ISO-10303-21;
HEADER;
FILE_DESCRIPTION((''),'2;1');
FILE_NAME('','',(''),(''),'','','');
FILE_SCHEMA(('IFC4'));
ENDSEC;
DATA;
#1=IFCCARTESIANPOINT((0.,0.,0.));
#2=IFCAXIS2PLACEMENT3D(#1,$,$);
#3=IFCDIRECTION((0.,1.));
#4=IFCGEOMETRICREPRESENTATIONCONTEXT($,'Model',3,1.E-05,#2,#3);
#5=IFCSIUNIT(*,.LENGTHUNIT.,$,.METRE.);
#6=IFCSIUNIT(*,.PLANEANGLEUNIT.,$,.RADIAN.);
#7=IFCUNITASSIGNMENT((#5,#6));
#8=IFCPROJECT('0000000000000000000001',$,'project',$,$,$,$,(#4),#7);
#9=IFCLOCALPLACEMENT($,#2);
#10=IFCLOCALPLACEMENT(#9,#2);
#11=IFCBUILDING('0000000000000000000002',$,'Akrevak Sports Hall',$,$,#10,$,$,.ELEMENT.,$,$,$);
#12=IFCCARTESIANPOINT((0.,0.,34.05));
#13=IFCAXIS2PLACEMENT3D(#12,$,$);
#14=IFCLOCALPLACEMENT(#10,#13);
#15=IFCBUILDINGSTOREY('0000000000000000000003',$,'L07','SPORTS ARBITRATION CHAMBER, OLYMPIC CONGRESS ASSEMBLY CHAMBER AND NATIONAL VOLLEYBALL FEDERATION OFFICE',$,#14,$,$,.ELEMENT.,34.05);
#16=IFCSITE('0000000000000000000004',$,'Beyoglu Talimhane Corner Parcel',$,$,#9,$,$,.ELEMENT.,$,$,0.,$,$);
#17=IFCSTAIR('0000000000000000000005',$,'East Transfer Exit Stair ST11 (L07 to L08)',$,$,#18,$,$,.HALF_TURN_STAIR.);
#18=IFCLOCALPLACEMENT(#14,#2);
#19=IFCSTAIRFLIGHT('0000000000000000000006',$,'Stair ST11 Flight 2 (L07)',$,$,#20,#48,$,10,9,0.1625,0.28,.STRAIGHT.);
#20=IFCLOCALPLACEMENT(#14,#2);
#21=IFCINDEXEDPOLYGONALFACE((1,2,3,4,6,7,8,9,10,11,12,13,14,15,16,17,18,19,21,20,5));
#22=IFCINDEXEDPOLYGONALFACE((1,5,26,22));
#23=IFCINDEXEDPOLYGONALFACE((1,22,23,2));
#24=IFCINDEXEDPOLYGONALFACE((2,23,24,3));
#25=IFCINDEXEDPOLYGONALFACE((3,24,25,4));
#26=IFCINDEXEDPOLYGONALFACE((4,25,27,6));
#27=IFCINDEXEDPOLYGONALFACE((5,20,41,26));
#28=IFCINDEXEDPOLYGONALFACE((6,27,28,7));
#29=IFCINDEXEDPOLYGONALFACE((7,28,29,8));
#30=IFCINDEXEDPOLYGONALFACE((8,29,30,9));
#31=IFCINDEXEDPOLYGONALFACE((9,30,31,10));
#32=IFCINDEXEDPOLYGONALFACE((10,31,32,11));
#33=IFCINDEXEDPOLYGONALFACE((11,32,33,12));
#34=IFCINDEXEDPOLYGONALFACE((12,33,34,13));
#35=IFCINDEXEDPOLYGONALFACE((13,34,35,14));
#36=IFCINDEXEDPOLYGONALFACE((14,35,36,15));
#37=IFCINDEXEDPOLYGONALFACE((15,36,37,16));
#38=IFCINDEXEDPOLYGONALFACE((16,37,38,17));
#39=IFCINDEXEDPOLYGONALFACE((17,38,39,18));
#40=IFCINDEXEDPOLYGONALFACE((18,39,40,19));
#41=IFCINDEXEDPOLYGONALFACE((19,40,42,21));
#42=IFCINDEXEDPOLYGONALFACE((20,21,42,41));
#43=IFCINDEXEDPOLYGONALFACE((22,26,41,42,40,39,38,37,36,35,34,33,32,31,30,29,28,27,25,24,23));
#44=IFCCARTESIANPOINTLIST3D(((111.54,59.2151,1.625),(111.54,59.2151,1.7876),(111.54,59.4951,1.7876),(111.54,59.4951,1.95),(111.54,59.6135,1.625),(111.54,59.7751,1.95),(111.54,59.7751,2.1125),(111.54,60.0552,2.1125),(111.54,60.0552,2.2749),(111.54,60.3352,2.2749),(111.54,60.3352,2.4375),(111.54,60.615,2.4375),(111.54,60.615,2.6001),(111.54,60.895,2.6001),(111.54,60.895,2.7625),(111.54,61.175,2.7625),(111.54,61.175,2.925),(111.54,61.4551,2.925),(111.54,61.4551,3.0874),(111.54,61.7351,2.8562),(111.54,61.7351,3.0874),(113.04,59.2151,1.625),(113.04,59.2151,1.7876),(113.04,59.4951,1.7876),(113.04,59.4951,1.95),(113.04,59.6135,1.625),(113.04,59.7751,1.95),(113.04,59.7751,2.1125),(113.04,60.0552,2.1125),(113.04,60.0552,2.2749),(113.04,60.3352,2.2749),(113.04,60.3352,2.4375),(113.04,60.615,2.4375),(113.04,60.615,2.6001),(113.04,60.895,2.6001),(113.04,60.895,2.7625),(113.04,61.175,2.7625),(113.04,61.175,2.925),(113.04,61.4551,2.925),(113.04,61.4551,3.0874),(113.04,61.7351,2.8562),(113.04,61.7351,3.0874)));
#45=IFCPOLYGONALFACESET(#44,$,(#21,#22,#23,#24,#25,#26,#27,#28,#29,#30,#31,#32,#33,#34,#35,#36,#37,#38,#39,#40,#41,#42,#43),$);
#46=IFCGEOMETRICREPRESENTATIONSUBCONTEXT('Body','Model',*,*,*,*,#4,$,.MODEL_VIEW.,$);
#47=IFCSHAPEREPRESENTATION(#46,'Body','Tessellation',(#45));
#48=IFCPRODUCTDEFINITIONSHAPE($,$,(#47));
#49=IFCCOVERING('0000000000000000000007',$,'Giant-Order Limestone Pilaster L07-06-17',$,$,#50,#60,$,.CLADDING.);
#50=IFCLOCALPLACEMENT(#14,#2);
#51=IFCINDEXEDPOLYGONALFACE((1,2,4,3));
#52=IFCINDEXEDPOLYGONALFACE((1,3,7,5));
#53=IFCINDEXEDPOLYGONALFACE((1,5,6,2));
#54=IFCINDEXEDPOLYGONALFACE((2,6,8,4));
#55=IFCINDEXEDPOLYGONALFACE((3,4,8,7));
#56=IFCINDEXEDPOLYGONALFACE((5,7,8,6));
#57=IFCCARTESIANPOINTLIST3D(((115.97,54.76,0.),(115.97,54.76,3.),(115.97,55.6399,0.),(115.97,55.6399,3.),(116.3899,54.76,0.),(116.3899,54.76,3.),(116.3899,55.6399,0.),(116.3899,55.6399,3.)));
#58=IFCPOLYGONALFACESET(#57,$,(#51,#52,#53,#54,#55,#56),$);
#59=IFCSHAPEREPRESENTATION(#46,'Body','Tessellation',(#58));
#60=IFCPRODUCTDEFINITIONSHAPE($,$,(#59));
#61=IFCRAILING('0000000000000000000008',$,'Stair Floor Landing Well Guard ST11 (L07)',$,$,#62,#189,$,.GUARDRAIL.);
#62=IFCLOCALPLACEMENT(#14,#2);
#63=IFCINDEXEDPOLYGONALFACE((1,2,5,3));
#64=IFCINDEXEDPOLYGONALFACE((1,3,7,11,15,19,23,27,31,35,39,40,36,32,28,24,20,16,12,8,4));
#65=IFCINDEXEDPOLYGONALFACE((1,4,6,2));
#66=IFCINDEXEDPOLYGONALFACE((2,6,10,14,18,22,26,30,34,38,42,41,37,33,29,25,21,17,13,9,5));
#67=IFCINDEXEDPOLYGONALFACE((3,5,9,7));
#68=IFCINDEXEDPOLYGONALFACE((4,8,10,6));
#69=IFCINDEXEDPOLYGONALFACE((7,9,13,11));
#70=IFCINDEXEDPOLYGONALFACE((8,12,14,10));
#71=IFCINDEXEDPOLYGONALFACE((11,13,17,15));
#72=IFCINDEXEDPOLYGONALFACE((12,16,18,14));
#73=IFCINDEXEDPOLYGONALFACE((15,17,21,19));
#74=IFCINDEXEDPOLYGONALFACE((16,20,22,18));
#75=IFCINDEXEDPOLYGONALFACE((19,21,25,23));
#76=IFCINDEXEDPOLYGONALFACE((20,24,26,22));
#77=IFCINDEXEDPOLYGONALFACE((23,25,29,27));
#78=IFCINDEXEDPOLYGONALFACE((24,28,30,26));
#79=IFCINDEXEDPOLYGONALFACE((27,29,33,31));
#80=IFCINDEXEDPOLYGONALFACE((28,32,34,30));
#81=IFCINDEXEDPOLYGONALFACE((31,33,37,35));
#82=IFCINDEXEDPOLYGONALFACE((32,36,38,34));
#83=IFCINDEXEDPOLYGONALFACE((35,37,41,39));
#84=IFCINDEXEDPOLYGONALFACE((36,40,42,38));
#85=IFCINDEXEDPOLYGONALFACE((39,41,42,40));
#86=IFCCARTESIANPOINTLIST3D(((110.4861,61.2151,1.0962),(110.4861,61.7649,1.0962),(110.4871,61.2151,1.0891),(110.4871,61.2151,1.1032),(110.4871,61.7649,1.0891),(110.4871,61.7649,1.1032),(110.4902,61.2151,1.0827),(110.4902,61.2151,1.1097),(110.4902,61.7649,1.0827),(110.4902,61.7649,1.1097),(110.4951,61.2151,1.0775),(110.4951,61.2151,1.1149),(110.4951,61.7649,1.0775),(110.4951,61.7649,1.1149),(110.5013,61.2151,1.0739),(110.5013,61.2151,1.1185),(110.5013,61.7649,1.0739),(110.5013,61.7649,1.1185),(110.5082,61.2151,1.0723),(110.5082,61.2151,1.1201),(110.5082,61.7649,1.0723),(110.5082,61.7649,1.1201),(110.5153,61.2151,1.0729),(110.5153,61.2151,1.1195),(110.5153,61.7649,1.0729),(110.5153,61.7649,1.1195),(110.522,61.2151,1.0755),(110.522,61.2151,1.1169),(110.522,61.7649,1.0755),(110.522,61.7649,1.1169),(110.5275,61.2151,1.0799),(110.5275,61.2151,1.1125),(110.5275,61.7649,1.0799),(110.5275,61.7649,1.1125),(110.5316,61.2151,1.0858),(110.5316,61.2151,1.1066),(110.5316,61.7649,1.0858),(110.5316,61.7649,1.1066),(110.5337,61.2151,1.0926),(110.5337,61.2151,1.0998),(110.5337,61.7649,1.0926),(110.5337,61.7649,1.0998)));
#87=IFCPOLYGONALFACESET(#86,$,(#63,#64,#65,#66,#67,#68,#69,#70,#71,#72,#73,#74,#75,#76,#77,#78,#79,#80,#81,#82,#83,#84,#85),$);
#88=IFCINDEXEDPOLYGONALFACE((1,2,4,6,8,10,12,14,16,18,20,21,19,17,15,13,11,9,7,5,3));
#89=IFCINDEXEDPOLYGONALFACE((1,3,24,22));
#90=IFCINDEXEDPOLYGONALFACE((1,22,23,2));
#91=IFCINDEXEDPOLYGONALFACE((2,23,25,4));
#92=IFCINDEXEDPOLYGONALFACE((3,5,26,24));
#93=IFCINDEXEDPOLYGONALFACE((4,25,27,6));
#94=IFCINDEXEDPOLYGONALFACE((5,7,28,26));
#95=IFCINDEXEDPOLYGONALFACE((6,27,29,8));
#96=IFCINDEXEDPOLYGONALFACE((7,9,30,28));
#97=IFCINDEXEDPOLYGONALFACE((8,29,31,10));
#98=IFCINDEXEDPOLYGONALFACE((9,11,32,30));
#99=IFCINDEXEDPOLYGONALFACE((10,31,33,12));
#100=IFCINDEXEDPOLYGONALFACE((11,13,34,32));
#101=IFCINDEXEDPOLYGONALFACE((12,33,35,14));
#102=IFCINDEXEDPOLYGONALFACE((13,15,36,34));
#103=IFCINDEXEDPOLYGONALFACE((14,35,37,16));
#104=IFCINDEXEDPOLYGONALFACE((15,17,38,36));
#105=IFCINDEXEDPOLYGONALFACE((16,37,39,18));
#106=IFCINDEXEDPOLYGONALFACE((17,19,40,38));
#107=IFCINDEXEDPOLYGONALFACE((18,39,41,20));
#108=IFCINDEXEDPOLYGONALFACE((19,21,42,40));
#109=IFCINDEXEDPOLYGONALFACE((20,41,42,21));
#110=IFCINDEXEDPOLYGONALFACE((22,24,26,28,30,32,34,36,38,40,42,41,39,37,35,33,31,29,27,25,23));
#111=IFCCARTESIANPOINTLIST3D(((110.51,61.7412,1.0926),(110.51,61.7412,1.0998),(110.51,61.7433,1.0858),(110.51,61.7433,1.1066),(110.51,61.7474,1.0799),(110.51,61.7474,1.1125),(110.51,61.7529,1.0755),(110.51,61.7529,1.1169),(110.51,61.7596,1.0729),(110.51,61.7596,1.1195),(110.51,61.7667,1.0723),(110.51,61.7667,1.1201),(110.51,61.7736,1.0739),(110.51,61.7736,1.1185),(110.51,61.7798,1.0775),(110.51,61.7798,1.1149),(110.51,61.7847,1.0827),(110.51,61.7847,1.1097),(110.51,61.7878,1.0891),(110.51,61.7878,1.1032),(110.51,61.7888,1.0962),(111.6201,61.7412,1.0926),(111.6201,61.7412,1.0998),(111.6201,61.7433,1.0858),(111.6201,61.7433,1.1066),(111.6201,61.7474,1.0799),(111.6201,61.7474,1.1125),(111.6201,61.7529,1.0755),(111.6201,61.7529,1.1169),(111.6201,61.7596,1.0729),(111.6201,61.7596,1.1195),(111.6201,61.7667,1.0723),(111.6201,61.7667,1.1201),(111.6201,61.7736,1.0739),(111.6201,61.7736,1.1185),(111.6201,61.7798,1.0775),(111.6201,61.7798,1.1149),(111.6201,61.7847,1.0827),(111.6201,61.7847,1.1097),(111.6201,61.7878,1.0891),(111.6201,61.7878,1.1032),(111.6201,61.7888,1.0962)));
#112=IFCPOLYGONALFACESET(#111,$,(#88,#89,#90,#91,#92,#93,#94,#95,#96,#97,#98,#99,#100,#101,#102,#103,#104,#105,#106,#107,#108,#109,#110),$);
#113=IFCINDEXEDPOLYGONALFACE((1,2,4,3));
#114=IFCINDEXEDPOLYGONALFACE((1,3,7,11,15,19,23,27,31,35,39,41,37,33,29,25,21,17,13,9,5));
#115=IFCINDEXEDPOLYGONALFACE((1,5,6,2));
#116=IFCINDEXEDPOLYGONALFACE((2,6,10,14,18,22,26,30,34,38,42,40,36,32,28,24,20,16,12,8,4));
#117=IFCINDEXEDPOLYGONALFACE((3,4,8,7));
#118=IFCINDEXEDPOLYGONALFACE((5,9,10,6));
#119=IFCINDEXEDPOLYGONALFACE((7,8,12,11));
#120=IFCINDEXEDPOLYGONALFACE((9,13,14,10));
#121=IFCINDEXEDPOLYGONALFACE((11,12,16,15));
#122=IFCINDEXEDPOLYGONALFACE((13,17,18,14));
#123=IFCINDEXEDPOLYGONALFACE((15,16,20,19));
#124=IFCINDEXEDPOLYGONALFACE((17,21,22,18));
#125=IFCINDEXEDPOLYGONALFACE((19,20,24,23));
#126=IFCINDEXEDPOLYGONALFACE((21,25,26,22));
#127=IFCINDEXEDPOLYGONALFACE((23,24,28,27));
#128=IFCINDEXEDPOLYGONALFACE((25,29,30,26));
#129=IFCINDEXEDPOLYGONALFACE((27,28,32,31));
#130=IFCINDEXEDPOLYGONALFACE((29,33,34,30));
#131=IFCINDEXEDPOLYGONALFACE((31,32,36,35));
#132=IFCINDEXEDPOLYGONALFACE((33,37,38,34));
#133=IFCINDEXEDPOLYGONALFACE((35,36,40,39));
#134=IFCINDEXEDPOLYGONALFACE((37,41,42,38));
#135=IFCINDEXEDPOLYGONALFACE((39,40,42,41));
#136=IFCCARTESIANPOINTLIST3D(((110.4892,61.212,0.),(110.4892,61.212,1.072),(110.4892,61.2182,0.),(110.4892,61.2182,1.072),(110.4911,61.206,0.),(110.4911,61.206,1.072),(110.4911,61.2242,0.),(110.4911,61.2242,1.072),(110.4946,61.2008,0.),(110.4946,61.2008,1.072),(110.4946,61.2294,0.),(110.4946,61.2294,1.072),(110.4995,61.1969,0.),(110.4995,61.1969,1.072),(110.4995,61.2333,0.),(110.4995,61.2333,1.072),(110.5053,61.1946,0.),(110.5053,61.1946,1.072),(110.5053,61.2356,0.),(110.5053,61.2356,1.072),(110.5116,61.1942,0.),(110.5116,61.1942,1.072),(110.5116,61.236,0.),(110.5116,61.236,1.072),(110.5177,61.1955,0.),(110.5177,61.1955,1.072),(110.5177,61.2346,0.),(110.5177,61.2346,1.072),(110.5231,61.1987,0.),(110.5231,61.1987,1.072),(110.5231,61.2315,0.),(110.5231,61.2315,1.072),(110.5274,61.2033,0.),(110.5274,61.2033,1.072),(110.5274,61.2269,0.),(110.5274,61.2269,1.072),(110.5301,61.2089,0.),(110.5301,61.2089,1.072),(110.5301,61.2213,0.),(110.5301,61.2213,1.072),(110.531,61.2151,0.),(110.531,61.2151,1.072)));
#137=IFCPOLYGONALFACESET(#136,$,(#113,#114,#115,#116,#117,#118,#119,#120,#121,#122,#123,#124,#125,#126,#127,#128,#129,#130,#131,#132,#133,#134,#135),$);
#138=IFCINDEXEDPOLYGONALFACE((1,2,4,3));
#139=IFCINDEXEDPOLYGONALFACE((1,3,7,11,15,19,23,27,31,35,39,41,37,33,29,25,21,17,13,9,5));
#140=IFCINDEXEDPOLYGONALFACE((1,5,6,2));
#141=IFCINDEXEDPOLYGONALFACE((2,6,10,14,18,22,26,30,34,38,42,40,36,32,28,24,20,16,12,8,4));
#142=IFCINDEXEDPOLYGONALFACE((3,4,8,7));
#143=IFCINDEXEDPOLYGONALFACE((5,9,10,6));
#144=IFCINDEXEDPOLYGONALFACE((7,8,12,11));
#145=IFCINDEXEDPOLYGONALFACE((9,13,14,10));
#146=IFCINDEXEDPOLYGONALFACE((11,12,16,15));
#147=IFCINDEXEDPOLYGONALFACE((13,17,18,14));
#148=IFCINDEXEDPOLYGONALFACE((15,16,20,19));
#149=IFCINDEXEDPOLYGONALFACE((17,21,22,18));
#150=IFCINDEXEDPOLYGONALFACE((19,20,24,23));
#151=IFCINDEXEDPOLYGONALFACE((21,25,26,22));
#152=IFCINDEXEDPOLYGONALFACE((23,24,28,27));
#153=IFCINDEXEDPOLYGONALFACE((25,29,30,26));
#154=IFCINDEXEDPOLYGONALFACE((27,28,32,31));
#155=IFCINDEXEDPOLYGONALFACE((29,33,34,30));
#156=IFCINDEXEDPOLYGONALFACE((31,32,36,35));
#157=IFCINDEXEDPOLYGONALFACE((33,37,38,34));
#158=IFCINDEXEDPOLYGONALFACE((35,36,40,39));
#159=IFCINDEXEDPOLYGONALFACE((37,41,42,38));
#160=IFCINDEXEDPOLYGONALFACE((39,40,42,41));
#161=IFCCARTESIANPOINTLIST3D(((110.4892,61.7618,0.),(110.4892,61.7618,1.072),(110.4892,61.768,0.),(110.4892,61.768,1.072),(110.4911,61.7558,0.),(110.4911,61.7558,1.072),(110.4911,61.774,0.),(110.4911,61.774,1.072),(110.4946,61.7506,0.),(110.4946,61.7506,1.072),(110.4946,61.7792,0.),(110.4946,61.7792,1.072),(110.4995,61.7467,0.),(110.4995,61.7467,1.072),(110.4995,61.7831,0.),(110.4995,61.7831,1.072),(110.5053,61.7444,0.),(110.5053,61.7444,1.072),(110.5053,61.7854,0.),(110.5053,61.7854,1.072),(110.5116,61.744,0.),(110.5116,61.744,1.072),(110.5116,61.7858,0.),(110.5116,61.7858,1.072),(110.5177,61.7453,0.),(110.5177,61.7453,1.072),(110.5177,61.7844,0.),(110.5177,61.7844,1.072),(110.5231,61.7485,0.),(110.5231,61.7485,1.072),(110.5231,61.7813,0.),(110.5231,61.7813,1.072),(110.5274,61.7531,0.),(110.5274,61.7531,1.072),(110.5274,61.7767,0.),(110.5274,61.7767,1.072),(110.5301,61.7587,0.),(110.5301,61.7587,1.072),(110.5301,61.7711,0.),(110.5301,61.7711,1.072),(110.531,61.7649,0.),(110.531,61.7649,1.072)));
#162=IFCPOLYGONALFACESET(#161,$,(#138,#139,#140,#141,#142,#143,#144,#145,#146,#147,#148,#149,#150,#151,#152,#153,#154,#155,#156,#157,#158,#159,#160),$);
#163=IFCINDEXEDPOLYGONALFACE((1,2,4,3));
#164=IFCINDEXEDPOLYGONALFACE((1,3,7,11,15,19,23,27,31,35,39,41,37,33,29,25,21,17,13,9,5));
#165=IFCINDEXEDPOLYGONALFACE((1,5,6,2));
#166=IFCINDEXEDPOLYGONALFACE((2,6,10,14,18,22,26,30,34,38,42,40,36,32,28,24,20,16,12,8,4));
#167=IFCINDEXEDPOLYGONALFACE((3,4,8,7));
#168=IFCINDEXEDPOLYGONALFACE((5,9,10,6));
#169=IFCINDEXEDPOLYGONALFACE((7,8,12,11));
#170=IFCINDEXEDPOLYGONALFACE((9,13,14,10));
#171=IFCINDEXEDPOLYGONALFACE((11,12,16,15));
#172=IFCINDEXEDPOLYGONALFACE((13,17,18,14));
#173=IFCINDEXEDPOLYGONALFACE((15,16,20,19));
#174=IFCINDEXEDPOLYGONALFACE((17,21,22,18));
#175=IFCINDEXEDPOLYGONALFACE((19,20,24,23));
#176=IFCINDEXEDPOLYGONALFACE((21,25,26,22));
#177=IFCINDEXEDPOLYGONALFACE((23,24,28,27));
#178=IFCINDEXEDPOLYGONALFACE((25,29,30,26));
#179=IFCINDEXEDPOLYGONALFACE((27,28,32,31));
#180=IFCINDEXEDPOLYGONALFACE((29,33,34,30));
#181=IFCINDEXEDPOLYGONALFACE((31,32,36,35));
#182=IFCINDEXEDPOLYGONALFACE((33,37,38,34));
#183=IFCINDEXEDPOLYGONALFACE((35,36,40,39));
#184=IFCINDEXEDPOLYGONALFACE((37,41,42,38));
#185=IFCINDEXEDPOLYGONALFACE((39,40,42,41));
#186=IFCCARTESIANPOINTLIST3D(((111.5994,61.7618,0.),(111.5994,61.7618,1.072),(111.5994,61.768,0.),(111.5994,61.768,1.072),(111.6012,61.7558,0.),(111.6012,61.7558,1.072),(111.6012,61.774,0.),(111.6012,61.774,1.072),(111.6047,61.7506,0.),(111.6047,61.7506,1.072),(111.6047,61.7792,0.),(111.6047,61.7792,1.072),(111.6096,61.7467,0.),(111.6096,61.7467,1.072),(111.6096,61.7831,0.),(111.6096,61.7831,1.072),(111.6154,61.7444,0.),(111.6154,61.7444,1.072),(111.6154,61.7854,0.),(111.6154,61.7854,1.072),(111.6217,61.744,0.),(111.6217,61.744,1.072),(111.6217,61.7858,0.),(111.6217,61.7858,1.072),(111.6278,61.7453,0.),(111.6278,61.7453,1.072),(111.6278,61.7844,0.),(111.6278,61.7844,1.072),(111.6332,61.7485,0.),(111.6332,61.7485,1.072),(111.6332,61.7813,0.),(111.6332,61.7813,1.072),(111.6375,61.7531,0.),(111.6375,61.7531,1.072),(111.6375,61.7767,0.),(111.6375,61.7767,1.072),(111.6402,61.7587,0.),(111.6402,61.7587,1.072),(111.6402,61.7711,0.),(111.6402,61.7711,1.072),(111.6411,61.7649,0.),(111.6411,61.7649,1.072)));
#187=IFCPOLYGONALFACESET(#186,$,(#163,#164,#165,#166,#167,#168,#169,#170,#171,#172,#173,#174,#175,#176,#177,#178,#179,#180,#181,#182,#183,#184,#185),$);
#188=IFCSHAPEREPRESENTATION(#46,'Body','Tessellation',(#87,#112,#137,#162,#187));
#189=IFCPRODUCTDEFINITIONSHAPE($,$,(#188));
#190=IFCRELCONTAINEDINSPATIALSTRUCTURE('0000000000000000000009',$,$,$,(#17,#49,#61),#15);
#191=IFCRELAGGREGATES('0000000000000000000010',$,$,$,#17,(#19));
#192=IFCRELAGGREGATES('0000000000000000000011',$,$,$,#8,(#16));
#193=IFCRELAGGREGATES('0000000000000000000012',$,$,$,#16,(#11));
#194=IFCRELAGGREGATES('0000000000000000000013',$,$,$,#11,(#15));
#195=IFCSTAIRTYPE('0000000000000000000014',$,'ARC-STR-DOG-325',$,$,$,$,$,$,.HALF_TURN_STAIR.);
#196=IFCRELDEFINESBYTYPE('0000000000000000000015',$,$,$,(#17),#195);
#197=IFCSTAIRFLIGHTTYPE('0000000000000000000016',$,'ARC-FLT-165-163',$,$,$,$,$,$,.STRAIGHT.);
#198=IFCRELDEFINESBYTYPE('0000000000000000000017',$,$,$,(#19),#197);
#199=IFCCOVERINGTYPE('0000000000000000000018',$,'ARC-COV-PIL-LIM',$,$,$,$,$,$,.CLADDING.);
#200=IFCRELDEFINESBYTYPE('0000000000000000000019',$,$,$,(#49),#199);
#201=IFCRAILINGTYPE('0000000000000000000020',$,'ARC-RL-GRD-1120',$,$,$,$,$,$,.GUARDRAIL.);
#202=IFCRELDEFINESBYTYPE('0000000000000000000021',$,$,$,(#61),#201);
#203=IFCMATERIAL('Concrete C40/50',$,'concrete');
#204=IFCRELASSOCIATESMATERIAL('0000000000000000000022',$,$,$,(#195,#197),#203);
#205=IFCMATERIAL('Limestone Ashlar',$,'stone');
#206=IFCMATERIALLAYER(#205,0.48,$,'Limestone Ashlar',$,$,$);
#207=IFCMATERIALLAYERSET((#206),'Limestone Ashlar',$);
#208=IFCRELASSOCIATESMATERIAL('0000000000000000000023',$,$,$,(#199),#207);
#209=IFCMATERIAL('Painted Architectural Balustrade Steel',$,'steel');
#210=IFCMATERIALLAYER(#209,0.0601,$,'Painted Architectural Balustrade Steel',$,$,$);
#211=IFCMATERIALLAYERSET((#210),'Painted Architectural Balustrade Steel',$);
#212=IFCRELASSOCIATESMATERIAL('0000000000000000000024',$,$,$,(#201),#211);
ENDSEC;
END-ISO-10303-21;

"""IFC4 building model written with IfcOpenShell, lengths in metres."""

from ifc_helpers import new_model, si_unit, direction, frame, origin, origin_2d, place, context, subcontext, project, spatial, polyline, rectangle, circle, outline, extrude, material, layer, layer_set, type_object, element, aggregate, save


model = new_model("IFC4")

# Units and contexts
model_context = context("Model", 3, precision=1e-05, world=origin(), true_north=direction((0.0, 1.0)))
body_context = subcontext(model_context, "Body", "Model", "MODEL_VIEW")
ifc_project = project(units=[si_unit("LENGTHUNIT", "METRE"), si_unit("PLANEANGLEUNIT", "RADIAN")], contexts=[model_context])

# Site, building, storey
site_placement = place(None, origin())
site = spatial("IfcSite", under=ifc_project, at=site_placement, Name="Beyoglu Talimhane Corner Parcel", CompositionType="ELEMENT", RefElevation=0.0)
building_placement = place(site_placement, origin())
building = spatial("IfcBuilding", under=site, at=building_placement, Name="Akrevak Sports Hall", CompositionType="ELEMENT")
storey_placement = place(building_placement, frame((0.0, 0.0, 34.05)))
storey = spatial("IfcBuildingStorey", under=building, at=storey_placement, Name="L07", Description="SPORTS ARBITRATION CHAMBER, OLYMPIC CONGRESS ASSEMBLY CHAMBER AND NATIONAL VOLLEYBALL FEDERATION OFFICE", CompositionType="ELEMENT", Elevation=34.05)

# Shared definitions
ifc_material_1 = material(Name="Concrete C40/50", Category="concrete")

# Shared definitions
ifc_material_2 = material(Name="Limestone Ashlar", Category="stone")

# Stair, stair flight
stair_type = type_object("IfcStairType", Name="ARC-STR-DOG-325", PredefinedType="HALF_TURN_STAIR", material=ifc_material_1)
stair_placement = place(storey_placement, origin())
stair = element("IfcStair", 1, at=stair_placement, inside=storey, type_object=stair_type, Name="East Transfer Exit Stair ST11 (L07 to L08)", PredefinedType="HALF_TURN_STAIR")
stair_flight_type = type_object("IfcStairFlightType", Name="ARC-FLT-165-163", PredefinedType="STRAIGHT", material=ifc_material_1)
stair_flight_1_placement = place(storey_placement, frame((112.29, 59.2151, 1.625), z_axis=(0.0, 0.0, 1.0), x_axis=(0.0, 1.0, 0.0)))
stair_flight_1 = element("IfcStairFlight", 2, at=stair_flight_1_placement, type_object=stair_flight_type, Name="Stair ST11 Flight 2 (L07)", NumberOfRisers=10, NumberOfTreads=9, PredefinedType="STRAIGHT", RiserHeight=0.1625, TreadLength=0.28, context=body_context, shape_type="SweptSolid", body=[
    extrude(outline(polyline([(0.0, 0.0), (0.0, 0.1626), (0.28, 0.1626), (0.28, 0.325), (0.5601, 0.325), (0.5601, 0.4875), (0.8401, 0.4875), (0.8401, 0.6499), (1.1201, 0.6499), (1.1201, 0.8125), (1.3999, 0.8125), (1.3999, 0.9751), (1.6799, 0.9751), (1.6799, 1.1375), (1.96, 1.1375), (1.96, 1.3), (2.24, 1.3), (2.24, 1.4624), (2.52, 1.4624), (2.52, 1.625), (2.52, 1.2312), (0.3984, 0.0), (0.0, 0.0)])), frame((0.0, 0.75, 0.0), z_axis=(0.0, -1.0, 0.0), x_axis=(1.0, 0.0, 0.0)), (0.0, 0.0, 1.0), 1.5),
])
aggregate(stair, [stair_flight_1])

# Covering
ifc_layer_1 = layer(ifc_material_2, 0.48, Name="Limestone Ashlar")
ifc_layer_set_1 = layer_set([ifc_layer_1], Name="Limestone Ashlar")
covering_type = type_object("IfcCoveringType", Name="ARC-COV-PIL-LIM", PredefinedType="CLADDING", material=ifc_layer_set_1)
covering_placement = place(storey_placement, frame((116.1799, 55.2, 0.0), z_axis=(0.0, 0.0, 1.0), x_axis=(0.0, 1.0, 0.0)))
element("IfcCovering", 3, at=covering_placement, inside=storey, type_object=covering_type, Name="Giant-Order Limestone Pilaster L07-06-17", PredefinedType="CLADDING", context=body_context, shape_type="SweptSolid", body=[
    extrude(rectangle(XDim=0.8799, YDim=0.4199, at=origin_2d()), origin(), (0.0, 0.0, 1.0), 3.0),
])

# Railing
ifc_material_3 = material(Name="Painted Architectural Balustrade Steel", Category="steel")
ifc_layer_2 = layer(ifc_material_3, 0.0601, Name="Painted Architectural Balustrade Steel")
ifc_layer_set_2 = layer_set([ifc_layer_2], Name="Painted Architectural Balustrade Steel")
railing_type_1 = type_object("IfcRailingType", Name="ARC-RL-GRD-1120", PredefinedType="GUARDRAIL", material=ifc_layer_set_2)
railing_1_placement = place(storey_placement, frame((110.51, 61.2151, 0.0)))
element("IfcRailing", 4, at=railing_1_placement, inside=storey, type_object=railing_type_1, Name="Stair Floor Landing Well Guard ST11 (L07)", PredefinedType="GUARDRAIL", context=body_context, shape_type="SweptSolid", body=[
    extrude(circle(Radius=0.0239, at=origin_2d()), frame((0.0, 0.0, 1.0962), z_axis=(0.0, 1.0, 0.0), x_axis=(-1.0, 0.0, 0.0)), (0.0, 0.0, 1.0), 0.5498),
    extrude(circle(Radius=0.0239, at=origin_2d()), frame((0.0, 0.5498, 1.0962), z_axis=(1.0, 0.0, 0.0), x_axis=(0.0, 1.0, 0.0)), (0.0, 0.0, 1.0), 1.1101),
    extrude(circle(Radius=0.021, at=origin_2d()), origin(), (0.0, 0.0, 1.0), 1.072),
    extrude(circle(Radius=0.021, at=origin_2d()), frame((0.0, 0.5498, 0.0)), (0.0, 0.0, 1.0), 1.072),
    extrude(circle(Radius=0.021, at=origin_2d()), frame((1.1101, 0.5498, 0.0)), (0.0, 0.0, 1.0), 1.072),
])

save(model, "model.ifc")
